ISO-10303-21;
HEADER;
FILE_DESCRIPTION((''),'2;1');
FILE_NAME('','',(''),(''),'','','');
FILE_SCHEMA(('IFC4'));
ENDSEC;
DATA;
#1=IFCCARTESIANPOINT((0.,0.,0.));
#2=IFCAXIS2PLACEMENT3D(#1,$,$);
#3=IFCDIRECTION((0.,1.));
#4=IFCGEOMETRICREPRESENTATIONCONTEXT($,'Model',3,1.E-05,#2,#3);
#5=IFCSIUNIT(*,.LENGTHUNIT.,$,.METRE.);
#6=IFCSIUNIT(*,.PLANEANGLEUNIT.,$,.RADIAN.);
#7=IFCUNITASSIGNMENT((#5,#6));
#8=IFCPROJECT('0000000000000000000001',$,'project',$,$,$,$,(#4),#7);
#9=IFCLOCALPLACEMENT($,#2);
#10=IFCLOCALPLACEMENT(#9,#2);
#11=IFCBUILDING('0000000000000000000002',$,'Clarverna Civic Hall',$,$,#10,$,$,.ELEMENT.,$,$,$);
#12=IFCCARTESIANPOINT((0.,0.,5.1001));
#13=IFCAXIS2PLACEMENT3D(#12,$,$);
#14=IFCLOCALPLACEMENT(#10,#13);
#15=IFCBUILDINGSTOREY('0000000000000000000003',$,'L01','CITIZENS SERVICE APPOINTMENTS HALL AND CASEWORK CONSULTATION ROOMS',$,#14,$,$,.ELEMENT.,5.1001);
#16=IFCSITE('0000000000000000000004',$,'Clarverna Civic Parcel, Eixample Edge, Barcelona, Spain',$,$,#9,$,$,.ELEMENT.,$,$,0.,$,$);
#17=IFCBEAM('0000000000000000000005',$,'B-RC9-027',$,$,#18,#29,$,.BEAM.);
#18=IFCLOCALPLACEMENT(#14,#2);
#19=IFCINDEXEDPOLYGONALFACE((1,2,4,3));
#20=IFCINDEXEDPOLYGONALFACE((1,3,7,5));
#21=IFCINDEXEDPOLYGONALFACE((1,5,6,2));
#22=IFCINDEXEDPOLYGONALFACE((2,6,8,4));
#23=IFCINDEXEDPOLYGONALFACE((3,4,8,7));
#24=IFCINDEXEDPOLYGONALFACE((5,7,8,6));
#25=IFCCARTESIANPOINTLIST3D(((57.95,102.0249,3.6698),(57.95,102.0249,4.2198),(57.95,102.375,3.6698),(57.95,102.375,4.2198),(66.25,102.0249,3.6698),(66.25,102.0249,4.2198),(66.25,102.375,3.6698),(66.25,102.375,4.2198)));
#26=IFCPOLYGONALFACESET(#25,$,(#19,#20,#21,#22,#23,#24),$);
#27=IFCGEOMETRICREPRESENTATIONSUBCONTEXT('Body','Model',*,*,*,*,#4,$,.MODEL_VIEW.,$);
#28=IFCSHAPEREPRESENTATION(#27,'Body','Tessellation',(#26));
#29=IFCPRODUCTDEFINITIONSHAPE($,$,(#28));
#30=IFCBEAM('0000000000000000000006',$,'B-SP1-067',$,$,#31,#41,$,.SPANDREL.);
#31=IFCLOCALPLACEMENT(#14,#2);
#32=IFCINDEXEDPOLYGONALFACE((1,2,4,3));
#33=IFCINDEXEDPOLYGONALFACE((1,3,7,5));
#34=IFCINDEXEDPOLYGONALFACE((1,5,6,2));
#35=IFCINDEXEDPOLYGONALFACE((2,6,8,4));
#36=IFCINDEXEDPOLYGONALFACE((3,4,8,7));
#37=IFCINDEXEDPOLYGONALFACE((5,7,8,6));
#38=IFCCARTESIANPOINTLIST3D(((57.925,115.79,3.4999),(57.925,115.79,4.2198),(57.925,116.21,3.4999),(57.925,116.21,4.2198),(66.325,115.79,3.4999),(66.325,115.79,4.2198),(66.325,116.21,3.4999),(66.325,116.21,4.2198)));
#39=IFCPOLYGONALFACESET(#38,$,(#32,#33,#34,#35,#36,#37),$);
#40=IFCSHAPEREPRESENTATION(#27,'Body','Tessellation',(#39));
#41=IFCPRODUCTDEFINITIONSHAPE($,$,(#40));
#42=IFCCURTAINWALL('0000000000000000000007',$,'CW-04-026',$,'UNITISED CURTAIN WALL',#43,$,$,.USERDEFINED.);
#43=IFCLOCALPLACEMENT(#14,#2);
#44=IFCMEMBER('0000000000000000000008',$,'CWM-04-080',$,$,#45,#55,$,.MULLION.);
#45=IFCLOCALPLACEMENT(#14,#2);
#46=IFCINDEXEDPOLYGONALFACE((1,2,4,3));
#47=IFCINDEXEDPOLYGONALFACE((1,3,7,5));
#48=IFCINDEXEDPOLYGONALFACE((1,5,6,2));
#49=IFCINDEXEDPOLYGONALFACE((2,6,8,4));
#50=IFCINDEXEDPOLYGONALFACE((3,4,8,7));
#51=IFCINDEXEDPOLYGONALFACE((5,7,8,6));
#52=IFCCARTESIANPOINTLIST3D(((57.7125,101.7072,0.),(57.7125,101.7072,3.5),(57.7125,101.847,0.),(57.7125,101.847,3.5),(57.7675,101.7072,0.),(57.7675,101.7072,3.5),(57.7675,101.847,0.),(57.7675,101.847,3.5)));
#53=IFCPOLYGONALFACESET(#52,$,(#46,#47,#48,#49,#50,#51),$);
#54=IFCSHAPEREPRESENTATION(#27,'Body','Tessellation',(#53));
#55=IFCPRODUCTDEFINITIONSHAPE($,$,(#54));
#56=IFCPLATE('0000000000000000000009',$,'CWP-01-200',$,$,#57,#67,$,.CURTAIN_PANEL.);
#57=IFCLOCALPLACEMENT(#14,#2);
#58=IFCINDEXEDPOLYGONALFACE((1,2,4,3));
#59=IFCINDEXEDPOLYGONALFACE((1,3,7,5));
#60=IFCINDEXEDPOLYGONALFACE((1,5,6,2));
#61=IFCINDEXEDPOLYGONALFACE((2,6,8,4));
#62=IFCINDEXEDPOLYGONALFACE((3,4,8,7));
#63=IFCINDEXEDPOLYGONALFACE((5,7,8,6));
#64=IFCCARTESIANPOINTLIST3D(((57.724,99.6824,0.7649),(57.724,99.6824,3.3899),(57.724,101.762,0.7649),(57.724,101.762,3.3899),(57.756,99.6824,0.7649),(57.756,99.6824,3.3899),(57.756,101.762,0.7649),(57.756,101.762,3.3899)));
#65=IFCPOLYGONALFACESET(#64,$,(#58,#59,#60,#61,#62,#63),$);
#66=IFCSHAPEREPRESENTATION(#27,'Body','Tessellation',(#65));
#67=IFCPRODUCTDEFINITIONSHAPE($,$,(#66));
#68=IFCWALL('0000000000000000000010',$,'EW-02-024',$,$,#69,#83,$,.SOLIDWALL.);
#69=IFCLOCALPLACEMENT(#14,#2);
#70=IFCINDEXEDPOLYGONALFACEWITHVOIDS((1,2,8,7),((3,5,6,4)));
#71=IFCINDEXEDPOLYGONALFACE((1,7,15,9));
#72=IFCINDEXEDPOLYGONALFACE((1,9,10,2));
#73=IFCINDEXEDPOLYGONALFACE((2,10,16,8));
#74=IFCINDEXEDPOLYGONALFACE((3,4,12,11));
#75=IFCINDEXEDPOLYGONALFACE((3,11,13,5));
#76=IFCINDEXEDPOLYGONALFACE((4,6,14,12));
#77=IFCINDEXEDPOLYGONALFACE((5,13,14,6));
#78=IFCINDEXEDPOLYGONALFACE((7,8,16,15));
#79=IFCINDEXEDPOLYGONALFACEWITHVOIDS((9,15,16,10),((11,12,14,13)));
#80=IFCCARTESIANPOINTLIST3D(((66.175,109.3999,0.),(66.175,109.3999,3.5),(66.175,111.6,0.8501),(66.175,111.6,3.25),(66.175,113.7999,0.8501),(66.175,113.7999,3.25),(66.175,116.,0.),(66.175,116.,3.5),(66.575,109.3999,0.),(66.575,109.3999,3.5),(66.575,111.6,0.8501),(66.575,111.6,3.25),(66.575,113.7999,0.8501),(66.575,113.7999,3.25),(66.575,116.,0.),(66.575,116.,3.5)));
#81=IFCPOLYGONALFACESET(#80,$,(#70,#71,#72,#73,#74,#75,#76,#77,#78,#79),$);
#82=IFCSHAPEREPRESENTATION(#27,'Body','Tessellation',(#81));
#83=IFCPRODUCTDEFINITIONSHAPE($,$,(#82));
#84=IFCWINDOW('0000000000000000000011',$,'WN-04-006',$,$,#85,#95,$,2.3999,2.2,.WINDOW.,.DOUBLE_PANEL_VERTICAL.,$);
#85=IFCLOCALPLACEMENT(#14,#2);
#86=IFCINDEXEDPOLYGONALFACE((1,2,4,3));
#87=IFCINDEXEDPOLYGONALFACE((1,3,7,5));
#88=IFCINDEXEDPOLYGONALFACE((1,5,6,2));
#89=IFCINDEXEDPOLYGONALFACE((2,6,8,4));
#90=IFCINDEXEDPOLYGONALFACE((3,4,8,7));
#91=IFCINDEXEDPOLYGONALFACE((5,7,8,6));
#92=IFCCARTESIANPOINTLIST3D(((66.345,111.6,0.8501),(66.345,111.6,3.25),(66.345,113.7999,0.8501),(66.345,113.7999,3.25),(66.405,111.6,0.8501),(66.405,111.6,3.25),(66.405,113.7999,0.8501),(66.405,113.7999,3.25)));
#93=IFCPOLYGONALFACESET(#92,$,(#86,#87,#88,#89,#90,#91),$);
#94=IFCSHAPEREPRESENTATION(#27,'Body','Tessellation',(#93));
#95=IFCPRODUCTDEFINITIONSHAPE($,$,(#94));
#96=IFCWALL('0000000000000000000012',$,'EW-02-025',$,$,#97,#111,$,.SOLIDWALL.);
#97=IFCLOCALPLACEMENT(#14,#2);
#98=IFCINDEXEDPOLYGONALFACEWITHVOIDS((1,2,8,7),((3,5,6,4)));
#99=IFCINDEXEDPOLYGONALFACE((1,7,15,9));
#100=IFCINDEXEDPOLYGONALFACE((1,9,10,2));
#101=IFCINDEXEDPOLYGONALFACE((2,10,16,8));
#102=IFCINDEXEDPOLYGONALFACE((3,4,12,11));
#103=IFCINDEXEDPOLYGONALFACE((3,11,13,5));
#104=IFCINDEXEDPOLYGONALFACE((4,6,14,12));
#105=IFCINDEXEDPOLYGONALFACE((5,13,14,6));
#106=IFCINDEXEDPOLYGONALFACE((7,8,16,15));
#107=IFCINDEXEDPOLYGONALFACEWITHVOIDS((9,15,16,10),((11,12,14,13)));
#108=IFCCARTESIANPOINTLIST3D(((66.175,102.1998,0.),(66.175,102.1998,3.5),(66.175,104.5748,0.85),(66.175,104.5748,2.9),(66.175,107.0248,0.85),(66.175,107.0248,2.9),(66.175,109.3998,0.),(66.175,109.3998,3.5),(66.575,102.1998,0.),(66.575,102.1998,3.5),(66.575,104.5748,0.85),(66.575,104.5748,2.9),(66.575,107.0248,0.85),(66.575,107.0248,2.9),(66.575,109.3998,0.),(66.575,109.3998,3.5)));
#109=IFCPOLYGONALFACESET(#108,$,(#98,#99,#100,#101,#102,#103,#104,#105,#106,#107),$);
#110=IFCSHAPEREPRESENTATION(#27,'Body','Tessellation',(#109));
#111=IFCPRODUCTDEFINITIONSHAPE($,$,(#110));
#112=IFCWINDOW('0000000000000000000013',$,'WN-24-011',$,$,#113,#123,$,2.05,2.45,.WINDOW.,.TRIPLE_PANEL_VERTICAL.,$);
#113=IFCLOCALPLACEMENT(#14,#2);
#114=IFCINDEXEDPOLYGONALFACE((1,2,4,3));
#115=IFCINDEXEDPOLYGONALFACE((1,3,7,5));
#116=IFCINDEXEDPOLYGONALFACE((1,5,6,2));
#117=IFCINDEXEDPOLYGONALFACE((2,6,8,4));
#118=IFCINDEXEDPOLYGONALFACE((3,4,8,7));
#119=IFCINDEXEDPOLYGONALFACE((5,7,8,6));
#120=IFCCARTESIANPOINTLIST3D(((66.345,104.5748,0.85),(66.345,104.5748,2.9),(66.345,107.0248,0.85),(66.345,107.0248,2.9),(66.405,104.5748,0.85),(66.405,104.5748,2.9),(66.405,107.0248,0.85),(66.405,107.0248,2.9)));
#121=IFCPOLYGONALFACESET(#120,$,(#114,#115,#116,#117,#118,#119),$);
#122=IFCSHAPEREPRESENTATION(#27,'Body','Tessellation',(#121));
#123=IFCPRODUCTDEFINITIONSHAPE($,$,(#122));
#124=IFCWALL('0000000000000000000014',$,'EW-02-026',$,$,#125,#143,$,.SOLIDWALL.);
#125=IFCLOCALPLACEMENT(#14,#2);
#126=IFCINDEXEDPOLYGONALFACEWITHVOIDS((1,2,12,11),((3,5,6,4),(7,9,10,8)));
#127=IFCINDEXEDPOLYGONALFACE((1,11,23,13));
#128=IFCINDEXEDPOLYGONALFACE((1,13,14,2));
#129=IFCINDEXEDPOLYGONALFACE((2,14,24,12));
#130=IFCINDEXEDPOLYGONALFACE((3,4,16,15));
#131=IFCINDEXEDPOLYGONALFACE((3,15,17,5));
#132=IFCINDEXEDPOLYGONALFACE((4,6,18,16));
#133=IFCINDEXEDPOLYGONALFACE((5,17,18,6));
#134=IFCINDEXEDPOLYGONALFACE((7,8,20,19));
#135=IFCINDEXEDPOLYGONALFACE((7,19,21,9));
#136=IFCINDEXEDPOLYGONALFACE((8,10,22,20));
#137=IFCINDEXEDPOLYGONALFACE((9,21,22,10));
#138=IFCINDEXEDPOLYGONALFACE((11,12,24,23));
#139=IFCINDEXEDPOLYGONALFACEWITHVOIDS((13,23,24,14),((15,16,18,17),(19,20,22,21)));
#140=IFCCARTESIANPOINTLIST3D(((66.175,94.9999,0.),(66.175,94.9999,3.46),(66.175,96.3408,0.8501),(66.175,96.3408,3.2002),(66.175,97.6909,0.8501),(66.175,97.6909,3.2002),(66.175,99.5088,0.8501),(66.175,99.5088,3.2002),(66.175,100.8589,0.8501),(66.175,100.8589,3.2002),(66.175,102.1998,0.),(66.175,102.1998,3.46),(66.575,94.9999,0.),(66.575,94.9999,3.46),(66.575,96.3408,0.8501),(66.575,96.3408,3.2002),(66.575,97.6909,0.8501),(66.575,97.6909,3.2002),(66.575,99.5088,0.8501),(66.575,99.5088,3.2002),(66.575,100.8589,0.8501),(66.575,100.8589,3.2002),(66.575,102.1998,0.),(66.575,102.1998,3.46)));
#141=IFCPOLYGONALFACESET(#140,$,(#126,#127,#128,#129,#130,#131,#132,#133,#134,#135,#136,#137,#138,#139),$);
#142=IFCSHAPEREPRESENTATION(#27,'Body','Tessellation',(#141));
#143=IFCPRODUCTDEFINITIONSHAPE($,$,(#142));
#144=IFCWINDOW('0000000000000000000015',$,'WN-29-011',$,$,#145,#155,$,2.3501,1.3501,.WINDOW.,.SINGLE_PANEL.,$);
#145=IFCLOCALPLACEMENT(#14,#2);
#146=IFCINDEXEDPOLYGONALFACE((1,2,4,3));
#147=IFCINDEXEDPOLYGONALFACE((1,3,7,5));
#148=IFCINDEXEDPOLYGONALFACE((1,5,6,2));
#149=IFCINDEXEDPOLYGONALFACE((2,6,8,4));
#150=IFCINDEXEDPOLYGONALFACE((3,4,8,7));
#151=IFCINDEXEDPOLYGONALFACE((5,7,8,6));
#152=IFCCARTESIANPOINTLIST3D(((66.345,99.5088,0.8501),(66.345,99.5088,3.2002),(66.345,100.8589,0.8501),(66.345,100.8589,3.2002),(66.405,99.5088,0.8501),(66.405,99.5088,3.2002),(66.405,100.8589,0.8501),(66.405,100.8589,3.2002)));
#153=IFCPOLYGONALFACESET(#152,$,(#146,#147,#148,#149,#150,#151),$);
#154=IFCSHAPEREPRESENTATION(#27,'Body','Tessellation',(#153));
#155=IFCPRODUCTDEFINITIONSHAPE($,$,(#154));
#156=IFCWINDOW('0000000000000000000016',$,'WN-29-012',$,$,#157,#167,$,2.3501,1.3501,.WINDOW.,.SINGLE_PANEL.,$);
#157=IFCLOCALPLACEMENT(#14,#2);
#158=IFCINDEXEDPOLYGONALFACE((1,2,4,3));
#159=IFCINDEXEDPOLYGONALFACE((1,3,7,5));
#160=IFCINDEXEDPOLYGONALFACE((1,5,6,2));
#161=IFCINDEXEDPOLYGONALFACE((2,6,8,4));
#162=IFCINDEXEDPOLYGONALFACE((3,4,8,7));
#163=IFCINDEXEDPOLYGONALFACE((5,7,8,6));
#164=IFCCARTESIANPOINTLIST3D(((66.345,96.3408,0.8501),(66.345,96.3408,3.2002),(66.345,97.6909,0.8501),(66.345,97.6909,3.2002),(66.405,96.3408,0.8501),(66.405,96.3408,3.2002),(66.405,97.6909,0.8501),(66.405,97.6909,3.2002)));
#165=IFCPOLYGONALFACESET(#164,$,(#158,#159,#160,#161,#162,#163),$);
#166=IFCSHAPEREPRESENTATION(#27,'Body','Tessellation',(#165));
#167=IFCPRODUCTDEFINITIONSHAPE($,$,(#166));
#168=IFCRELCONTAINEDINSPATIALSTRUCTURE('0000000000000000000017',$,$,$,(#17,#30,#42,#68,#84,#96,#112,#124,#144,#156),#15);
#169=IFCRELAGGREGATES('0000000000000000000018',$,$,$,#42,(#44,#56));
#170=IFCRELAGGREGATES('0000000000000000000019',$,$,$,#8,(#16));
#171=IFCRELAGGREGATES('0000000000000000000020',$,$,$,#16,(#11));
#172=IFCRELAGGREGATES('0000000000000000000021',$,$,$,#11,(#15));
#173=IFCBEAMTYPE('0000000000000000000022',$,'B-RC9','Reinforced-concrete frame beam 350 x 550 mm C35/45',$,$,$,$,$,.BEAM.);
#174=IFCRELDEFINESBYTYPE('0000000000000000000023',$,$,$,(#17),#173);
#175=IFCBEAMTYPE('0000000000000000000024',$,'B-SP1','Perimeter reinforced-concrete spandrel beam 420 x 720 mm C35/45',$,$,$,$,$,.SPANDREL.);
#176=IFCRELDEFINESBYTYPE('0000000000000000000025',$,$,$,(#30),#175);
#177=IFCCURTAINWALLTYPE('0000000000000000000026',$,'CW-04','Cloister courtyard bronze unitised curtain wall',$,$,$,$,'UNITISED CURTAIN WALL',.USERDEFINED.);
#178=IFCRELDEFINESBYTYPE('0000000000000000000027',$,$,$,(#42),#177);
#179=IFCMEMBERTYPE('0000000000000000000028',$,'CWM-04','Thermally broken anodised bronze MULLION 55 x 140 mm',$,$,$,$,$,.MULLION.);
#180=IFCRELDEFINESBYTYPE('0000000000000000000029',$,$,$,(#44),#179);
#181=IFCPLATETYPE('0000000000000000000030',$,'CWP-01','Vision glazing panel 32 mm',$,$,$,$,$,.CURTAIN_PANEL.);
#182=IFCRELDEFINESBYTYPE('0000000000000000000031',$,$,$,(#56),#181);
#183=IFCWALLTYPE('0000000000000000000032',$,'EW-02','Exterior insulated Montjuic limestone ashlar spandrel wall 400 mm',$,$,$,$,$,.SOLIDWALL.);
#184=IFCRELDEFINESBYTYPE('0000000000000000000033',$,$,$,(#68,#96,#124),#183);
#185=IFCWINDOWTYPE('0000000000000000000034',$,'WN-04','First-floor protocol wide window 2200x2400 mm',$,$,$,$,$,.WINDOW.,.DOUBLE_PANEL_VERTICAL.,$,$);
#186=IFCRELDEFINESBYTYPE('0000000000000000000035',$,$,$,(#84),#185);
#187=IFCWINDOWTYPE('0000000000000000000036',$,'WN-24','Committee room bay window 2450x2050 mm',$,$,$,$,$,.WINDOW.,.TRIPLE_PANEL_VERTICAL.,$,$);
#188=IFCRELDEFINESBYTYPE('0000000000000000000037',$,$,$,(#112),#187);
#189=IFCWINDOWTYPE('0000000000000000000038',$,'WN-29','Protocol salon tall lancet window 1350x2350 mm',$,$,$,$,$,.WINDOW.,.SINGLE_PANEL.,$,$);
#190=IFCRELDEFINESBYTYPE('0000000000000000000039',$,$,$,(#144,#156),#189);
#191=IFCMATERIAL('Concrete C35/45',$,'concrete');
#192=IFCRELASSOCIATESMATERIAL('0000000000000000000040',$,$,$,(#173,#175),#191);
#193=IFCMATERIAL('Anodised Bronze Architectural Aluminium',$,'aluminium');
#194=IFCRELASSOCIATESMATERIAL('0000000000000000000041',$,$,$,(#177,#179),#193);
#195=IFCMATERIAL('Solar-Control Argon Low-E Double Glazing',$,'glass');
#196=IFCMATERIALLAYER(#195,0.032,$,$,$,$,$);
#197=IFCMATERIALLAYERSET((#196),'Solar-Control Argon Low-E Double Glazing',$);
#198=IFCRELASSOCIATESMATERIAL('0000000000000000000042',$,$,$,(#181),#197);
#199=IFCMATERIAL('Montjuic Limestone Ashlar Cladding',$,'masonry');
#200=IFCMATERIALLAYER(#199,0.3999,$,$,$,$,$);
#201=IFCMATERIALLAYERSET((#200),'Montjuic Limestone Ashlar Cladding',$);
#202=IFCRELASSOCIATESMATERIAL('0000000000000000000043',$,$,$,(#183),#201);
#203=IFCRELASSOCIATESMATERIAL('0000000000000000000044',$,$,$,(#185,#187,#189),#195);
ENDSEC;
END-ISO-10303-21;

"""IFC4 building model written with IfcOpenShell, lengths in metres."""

from ifc_helpers import new_model, si_unit, direction, frame, frame_2d, origin, origin_2d, place, context, subcontext, project, spatial, rectangle, extrude, material, layer, layer_set, material_profile, profile_set, type_object, element, fill, aggregate, save


model = new_model("IFC4")

# Units and contexts
model_context = context("Model", 3, precision=1e-05, world=origin(), true_north=direction((0.0, 1.0)))
body_context = subcontext(model_context, "Body", "Model", "MODEL_VIEW")
ifc_project = project(units=[si_unit("LENGTHUNIT", "METRE"), si_unit("PLANEANGLEUNIT", "RADIAN")], contexts=[model_context])

# Site, building, storey
site_placement = place(None, origin())
site = spatial("IfcSite", under=ifc_project, at=site_placement, Name="Clarverna Civic Parcel, Eixample Edge, Barcelona, Spain", CompositionType="ELEMENT", RefElevation=0.0)
building_placement = place(site_placement, origin())
building = spatial("IfcBuilding", under=site, at=building_placement, Name="Clarverna Civic Hall", CompositionType="ELEMENT")
storey_placement = place(building_placement, frame((0.0, 0.0, 5.1001)))
storey = spatial("IfcBuildingStorey", under=building, at=storey_placement, Name="L01", Description="CITIZENS SERVICE APPOINTMENTS HALL AND CASEWORK CONSULTATION ROOMS", CompositionType="ELEMENT", Elevation=5.1001)

# Beams
ifc_material_1 = material(Name="Concrete C35/45", Category="concrete")
ifc_material_profile_1 = material_profile(ifc_material_1, rectangle(XDim=0.3501, YDim=0.55, at=origin_2d()), Name="RC 350x550")
ifc_profile_set_1 = profile_set([ifc_material_profile_1], Name="Concrete C35/45")
beam_type_1 = type_object("IfcBeamType", Name="B-RC9", Description="Reinforced-concrete frame beam 350 x 550 mm C35/45", PredefinedType="BEAM", material=ifc_profile_set_1)
beam_1_placement = place(storey_placement, frame((57.95, 102.2, 3.9448), z_axis=(1.0, 0.0, 0.0), x_axis=(0.0, 1.0, 0.0)))
element("IfcBeam", 1, at=beam_1_placement, inside=storey, type_object=beam_type_1, Name="B-RC9-027", PredefinedType="BEAM", context=body_context, shape_type="SweptSolid", body=[
    extrude(rectangle(XDim=0.3501, YDim=0.55, at=origin_2d()), origin(), (0.0, 0.0, 1.0), 8.3),
])
ifc_material_profile_2 = material_profile(ifc_material_1, rectangle(XDim=0.4199, YDim=0.72, at=origin_2d()), Name="RC 420x720")
ifc_profile_set_2 = profile_set([ifc_material_profile_2], Name="Concrete C35/45")
beam_type_2 = type_object("IfcBeamType", Name="B-SP1", Description="Perimeter reinforced-concrete spandrel beam 420 x 720 mm C35/45", PredefinedType="SPANDREL", material=ifc_profile_set_2)
beam_2_placement = place(storey_placement, frame((57.925, 116.0, 3.8599), z_axis=(1.0, 0.0, 0.0), x_axis=(0.0, 1.0, 0.0)))
element("IfcBeam", 2, at=beam_2_placement, inside=storey, type_object=beam_type_2, Name="B-SP1-067", PredefinedType="SPANDREL", context=body_context, shape_type="SweptSolid", body=[
    extrude(rectangle(XDim=0.4199, YDim=0.72, at=origin_2d()), origin(), (0.0, 0.0, 1.0), 8.3999),
])

# Curtain wall, member, plate
ifc_material_2 = material(Name="Anodised Bronze Architectural Aluminium", Category="aluminium")
curtain_wall_type = type_object("IfcCurtainWallType", Name="CW-04", Description="Cloister courtyard bronze unitised curtain wall", ElementType="UNITISED CURTAIN WALL", PredefinedType="USERDEFINED", material=ifc_material_2)
curtain_wall_placement = place(storey_placement, origin())
curtain_wall = element("IfcCurtainWall", 3, at=curtain_wall_placement, inside=storey, type_object=curtain_wall_type, Name="CW-04-026", ObjectType="UNITISED CURTAIN WALL", PredefinedType="USERDEFINED")
ifc_material_profile_3 = material_profile(ifc_material_2, rectangle(XDim=0.0549, YDim=0.1399, at=origin_2d()), Name="BRONZE 55x140")
ifc_profile_set_3 = profile_set([ifc_material_profile_3], Name="Anodised Bronze Architectural Aluminium")
member_type = type_object("IfcMemberType", Name="CWM-04", Description="Thermally broken anodised bronze MULLION 55 x 140 mm", PredefinedType="MULLION", material=ifc_profile_set_3)
member_placement = place(storey_placement, frame((57.74, 101.7771, 0.0), z_axis=(0.0, 0.0, 1.0), x_axis=(1.0, 0.0, 0.0)))
member = element("IfcMember", 4, at=member_placement, type_object=member_type, Name="CWM-04-080", PredefinedType="MULLION", context=body_context, shape_type="SweptSolid", body=[
    extrude(rectangle(XDim=0.0549, YDim=0.1399, at=origin_2d()), origin(), (0.0, 0.0, 1.0), 3.5),
])
ifc_material_3 = material(Name="Solar-Control Argon Low-E Double Glazing", Category="glass")
ifc_layer_1 = layer(ifc_material_3, 0.032)
ifc_layer_set_1 = layer_set([ifc_layer_1], Name="Solar-Control Argon Low-E Double Glazing")
plate_type = type_object("IfcPlateType", Name="CWP-01", Description="Vision glazing panel 32 mm", PredefinedType="CURTAIN_PANEL", material=ifc_layer_set_1)
plate_placement = place(storey_placement, frame((57.74, 99.6824, 0.7649), z_axis=(0.0, 0.0, 1.0), x_axis=(0.0, 1.0, 0.0)))
plate = element("IfcPlate", 5, at=plate_placement, type_object=plate_type, Name="CWP-01-200", PredefinedType="CURTAIN_PANEL", context=body_context, shape_type="SweptSolid", body=[
    extrude(rectangle(XDim=2.0796, YDim=0.032, at=frame_2d((1.0398, 0.0))), origin(), (0.0, 0.0, 1.0), 2.625),
])
aggregate(curtain_wall, [member, plate])

# Walls, openings, windows
ifc_material_4 = material(Name="Montjuic Limestone Ashlar Cladding", Category="masonry")
ifc_layer_2 = layer(ifc_material_4, 0.3999)
ifc_layer_set_2 = layer_set([ifc_layer_2], Name="Montjuic Limestone Ashlar Cladding")
wall_type_1 = type_object("IfcWallType", Name="EW-02", Description="Exterior insulated Montjuic limestone ashlar spandrel wall 400 mm", PredefinedType="SOLIDWALL", material=ifc_layer_set_2)
wall_1_placement = place(storey_placement, frame((66.375, 116.0, 0.0), z_axis=(0.0, 0.0, 1.0), x_axis=(0.0, -1.0, 0.0)))
wall_1 = element("IfcWall", 6, at=wall_1_placement, inside=storey, type_object=wall_type_1, Name="EW-02-024", PredefinedType="SOLIDWALL", context=body_context, shape_type="SweptSolid", body=[
    extrude(rectangle(XDim=6.6001, YDim=0.3999, at=frame_2d((3.3, 0.0))), origin(), (0.0, 0.0, 1.0), 3.5),
])
opening_1_placement = place(wall_1_placement, frame((2.2, 0.0, 0.8501)))
opening_1 = element("IfcOpeningElement", 7, at=opening_1_placement, cuts=wall_1, PredefinedType="OPENING", context=body_context, shape_type="SweptSolid", body=[
    extrude(rectangle(XDim=2.2, YDim=2.3999, at=frame_2d((1.1001, 1.2))), frame((0.0, 0.21, 0.0), z_axis=(0.0, -1.0, 0.0), x_axis=(1.0, 0.0, 0.0)), (0.0, 0.0, 1.0), 0.4199),
])
window_type_1 = type_object("IfcWindowType", Name="WN-04", Description="First-floor protocol wide window 2200x2400 mm", PartitioningType="DOUBLE_PANEL_VERTICAL", PredefinedType="WINDOW", material=ifc_material_3)
window_1_placement = place(opening_1_placement, origin())
window_1 = element("IfcWindow", 8, at=window_1_placement, inside=storey, type_object=window_type_1, Name="WN-04-006", OverallHeight=2.3999, OverallWidth=2.2, PartitioningType="DOUBLE_PANEL_VERTICAL", PredefinedType="WINDOW", context=body_context, shape_type="SweptSolid", body=[
    extrude(rectangle(XDim=2.2, YDim=2.3999, at=frame_2d((1.1001, 1.2))), frame((0.0, 0.03, 0.0), z_axis=(0.0, -1.0, 0.0), x_axis=(1.0, 0.0, 0.0)), (0.0, 0.0, 1.0), 0.0601),
])
fill(opening_1, window_1)
wall_2_placement = place(storey_placement, frame((66.375, 109.3999, 0.0), z_axis=(0.0, 0.0, 1.0), x_axis=(0.0, -1.0, 0.0)))
wall_2 = element("IfcWall", 9, at=wall_2_placement, inside=storey, type_object=wall_type_1, Name="EW-02-025", PredefinedType="SOLIDWALL", context=body_context, shape_type="SweptSolid", body=[
    extrude(rectangle(XDim=7.2, YDim=0.3999, at=frame_2d((3.6001, 0.0))), origin(), (0.0, 0.0, 1.0), 3.5),
])
opening_2_placement = place(wall_2_placement, frame((2.375, 0.0, 0.8501)))
opening_2 = element("IfcOpeningElement", 10, at=opening_2_placement, cuts=wall_2, PredefinedType="OPENING", context=body_context, shape_type="SweptSolid", body=[
    extrude(rectangle(XDim=2.45, YDim=2.05, at=frame_2d((1.2251, 1.0249))), frame((0.0, 0.21, 0.0), z_axis=(0.0, -1.0, 0.0), x_axis=(1.0, 0.0, 0.0)), (0.0, 0.0, 1.0), 0.4199),
])
window_type_2 = type_object("IfcWindowType", Name="WN-24", Description="Committee room bay window 2450x2050 mm", PartitioningType="TRIPLE_PANEL_VERTICAL", PredefinedType="WINDOW", material=ifc_material_3)
window_2_placement = place(opening_2_placement, origin())
window_2 = element("IfcWindow", 11, at=window_2_placement, inside=storey, type_object=window_type_2, Name="WN-24-011", OverallHeight=2.05, OverallWidth=2.45, PartitioningType="TRIPLE_PANEL_VERTICAL", PredefinedType="WINDOW", context=body_context, shape_type="SweptSolid", body=[
    extrude(rectangle(XDim=2.45, YDim=2.05, at=frame_2d((1.2251, 1.0249))), frame((0.0, 0.03, 0.0), z_axis=(0.0, -1.0, 0.0), x_axis=(1.0, 0.0, 0.0)), (0.0, 0.0, 1.0), 0.0601),
])
fill(opening_2, window_2)

# Wall, openings, windows
wall_3_placement = place(storey_placement, frame((66.375, 102.2, 0.0), z_axis=(0.0, 0.0, 1.0), x_axis=(0.0, -1.0, 0.0)))
wall_3 = element("IfcWall", 12, at=wall_3_placement, inside=storey, type_object=wall_type_1, Name="EW-02-026", PredefinedType="SOLIDWALL", context=body_context, shape_type="SweptSolid", body=[
    extrude(rectangle(XDim=7.2, YDim=0.3999, at=frame_2d((3.6001, 0.0))), origin(), (0.0, 0.0, 1.0), 3.46),
])
opening_3_placement = place(wall_3_placement, frame((1.3411, 0.0, 0.8501)))
opening_3 = element("IfcOpeningElement", 13, at=opening_3_placement, cuts=wall_3, PredefinedType="OPENING", context=body_context, shape_type="SweptSolid", body=[
    extrude(rectangle(XDim=1.3501, YDim=2.3501, at=frame_2d((0.675, 1.175))), frame((0.0, 0.21, 0.0), z_axis=(0.0, -1.0, 0.0), x_axis=(1.0, 0.0, 0.0)), (0.0, 0.0, 1.0), 0.4199),
])
opening_4_placement = place(wall_3_placement, frame((4.509, 0.0, 0.8501)))
opening_4 = element("IfcOpeningElement", 14, at=opening_4_placement, cuts=wall_3, PredefinedType="OPENING", context=body_context, shape_type="SweptSolid", body=[
    extrude(rectangle(XDim=1.3501, YDim=2.3501, at=frame_2d((0.675, 1.175))), frame((0.0, 0.21, 0.0), z_axis=(0.0, -1.0, 0.0), x_axis=(1.0, 0.0, 0.0)), (0.0, 0.0, 1.0), 0.4199),
])
window_type_3 = type_object("IfcWindowType", Name="WN-29", Description="Protocol salon tall lancet window 1350x2350 mm", PartitioningType="SINGLE_PANEL", PredefinedType="WINDOW", material=ifc_material_3)
window_3_placement = place(opening_3_placement, origin())
window_3 = element("IfcWindow", 15, at=window_3_placement, inside=storey, type_object=window_type_3, Name="WN-29-011", OverallHeight=2.3501, OverallWidth=1.3501, PartitioningType="SINGLE_PANEL", PredefinedType="WINDOW", context=body_context, shape_type="SweptSolid", body=[
    extrude(rectangle(XDim=1.3501, YDim=2.3501, at=frame_2d((0.675, 1.175))), frame((0.0, 0.03, 0.0), z_axis=(0.0, -1.0, 0.0), x_axis=(1.0, 0.0, 0.0)), (0.0, 0.0, 1.0), 0.0601),
])
fill(opening_3, window_3)
window_4_placement = place(opening_4_placement, origin())
window_4 = element("IfcWindow", 16, at=window_4_placement, inside=storey, type_object=window_type_3, Name="WN-29-012", OverallHeight=2.3501, OverallWidth=1.3501, PartitioningType="SINGLE_PANEL", PredefinedType="WINDOW", context=body_context, shape_type="SweptSolid", body=[
    extrude(rectangle(XDim=1.3501, YDim=2.3501, at=frame_2d((0.675, 1.175))), frame((0.0, 0.03, 0.0), z_axis=(0.0, -1.0, 0.0), x_axis=(1.0, 0.0, 0.0)), (0.0, 0.0, 1.0), 0.0601),
])
fill(opening_4, window_4)

save(model, "model.ifc")
